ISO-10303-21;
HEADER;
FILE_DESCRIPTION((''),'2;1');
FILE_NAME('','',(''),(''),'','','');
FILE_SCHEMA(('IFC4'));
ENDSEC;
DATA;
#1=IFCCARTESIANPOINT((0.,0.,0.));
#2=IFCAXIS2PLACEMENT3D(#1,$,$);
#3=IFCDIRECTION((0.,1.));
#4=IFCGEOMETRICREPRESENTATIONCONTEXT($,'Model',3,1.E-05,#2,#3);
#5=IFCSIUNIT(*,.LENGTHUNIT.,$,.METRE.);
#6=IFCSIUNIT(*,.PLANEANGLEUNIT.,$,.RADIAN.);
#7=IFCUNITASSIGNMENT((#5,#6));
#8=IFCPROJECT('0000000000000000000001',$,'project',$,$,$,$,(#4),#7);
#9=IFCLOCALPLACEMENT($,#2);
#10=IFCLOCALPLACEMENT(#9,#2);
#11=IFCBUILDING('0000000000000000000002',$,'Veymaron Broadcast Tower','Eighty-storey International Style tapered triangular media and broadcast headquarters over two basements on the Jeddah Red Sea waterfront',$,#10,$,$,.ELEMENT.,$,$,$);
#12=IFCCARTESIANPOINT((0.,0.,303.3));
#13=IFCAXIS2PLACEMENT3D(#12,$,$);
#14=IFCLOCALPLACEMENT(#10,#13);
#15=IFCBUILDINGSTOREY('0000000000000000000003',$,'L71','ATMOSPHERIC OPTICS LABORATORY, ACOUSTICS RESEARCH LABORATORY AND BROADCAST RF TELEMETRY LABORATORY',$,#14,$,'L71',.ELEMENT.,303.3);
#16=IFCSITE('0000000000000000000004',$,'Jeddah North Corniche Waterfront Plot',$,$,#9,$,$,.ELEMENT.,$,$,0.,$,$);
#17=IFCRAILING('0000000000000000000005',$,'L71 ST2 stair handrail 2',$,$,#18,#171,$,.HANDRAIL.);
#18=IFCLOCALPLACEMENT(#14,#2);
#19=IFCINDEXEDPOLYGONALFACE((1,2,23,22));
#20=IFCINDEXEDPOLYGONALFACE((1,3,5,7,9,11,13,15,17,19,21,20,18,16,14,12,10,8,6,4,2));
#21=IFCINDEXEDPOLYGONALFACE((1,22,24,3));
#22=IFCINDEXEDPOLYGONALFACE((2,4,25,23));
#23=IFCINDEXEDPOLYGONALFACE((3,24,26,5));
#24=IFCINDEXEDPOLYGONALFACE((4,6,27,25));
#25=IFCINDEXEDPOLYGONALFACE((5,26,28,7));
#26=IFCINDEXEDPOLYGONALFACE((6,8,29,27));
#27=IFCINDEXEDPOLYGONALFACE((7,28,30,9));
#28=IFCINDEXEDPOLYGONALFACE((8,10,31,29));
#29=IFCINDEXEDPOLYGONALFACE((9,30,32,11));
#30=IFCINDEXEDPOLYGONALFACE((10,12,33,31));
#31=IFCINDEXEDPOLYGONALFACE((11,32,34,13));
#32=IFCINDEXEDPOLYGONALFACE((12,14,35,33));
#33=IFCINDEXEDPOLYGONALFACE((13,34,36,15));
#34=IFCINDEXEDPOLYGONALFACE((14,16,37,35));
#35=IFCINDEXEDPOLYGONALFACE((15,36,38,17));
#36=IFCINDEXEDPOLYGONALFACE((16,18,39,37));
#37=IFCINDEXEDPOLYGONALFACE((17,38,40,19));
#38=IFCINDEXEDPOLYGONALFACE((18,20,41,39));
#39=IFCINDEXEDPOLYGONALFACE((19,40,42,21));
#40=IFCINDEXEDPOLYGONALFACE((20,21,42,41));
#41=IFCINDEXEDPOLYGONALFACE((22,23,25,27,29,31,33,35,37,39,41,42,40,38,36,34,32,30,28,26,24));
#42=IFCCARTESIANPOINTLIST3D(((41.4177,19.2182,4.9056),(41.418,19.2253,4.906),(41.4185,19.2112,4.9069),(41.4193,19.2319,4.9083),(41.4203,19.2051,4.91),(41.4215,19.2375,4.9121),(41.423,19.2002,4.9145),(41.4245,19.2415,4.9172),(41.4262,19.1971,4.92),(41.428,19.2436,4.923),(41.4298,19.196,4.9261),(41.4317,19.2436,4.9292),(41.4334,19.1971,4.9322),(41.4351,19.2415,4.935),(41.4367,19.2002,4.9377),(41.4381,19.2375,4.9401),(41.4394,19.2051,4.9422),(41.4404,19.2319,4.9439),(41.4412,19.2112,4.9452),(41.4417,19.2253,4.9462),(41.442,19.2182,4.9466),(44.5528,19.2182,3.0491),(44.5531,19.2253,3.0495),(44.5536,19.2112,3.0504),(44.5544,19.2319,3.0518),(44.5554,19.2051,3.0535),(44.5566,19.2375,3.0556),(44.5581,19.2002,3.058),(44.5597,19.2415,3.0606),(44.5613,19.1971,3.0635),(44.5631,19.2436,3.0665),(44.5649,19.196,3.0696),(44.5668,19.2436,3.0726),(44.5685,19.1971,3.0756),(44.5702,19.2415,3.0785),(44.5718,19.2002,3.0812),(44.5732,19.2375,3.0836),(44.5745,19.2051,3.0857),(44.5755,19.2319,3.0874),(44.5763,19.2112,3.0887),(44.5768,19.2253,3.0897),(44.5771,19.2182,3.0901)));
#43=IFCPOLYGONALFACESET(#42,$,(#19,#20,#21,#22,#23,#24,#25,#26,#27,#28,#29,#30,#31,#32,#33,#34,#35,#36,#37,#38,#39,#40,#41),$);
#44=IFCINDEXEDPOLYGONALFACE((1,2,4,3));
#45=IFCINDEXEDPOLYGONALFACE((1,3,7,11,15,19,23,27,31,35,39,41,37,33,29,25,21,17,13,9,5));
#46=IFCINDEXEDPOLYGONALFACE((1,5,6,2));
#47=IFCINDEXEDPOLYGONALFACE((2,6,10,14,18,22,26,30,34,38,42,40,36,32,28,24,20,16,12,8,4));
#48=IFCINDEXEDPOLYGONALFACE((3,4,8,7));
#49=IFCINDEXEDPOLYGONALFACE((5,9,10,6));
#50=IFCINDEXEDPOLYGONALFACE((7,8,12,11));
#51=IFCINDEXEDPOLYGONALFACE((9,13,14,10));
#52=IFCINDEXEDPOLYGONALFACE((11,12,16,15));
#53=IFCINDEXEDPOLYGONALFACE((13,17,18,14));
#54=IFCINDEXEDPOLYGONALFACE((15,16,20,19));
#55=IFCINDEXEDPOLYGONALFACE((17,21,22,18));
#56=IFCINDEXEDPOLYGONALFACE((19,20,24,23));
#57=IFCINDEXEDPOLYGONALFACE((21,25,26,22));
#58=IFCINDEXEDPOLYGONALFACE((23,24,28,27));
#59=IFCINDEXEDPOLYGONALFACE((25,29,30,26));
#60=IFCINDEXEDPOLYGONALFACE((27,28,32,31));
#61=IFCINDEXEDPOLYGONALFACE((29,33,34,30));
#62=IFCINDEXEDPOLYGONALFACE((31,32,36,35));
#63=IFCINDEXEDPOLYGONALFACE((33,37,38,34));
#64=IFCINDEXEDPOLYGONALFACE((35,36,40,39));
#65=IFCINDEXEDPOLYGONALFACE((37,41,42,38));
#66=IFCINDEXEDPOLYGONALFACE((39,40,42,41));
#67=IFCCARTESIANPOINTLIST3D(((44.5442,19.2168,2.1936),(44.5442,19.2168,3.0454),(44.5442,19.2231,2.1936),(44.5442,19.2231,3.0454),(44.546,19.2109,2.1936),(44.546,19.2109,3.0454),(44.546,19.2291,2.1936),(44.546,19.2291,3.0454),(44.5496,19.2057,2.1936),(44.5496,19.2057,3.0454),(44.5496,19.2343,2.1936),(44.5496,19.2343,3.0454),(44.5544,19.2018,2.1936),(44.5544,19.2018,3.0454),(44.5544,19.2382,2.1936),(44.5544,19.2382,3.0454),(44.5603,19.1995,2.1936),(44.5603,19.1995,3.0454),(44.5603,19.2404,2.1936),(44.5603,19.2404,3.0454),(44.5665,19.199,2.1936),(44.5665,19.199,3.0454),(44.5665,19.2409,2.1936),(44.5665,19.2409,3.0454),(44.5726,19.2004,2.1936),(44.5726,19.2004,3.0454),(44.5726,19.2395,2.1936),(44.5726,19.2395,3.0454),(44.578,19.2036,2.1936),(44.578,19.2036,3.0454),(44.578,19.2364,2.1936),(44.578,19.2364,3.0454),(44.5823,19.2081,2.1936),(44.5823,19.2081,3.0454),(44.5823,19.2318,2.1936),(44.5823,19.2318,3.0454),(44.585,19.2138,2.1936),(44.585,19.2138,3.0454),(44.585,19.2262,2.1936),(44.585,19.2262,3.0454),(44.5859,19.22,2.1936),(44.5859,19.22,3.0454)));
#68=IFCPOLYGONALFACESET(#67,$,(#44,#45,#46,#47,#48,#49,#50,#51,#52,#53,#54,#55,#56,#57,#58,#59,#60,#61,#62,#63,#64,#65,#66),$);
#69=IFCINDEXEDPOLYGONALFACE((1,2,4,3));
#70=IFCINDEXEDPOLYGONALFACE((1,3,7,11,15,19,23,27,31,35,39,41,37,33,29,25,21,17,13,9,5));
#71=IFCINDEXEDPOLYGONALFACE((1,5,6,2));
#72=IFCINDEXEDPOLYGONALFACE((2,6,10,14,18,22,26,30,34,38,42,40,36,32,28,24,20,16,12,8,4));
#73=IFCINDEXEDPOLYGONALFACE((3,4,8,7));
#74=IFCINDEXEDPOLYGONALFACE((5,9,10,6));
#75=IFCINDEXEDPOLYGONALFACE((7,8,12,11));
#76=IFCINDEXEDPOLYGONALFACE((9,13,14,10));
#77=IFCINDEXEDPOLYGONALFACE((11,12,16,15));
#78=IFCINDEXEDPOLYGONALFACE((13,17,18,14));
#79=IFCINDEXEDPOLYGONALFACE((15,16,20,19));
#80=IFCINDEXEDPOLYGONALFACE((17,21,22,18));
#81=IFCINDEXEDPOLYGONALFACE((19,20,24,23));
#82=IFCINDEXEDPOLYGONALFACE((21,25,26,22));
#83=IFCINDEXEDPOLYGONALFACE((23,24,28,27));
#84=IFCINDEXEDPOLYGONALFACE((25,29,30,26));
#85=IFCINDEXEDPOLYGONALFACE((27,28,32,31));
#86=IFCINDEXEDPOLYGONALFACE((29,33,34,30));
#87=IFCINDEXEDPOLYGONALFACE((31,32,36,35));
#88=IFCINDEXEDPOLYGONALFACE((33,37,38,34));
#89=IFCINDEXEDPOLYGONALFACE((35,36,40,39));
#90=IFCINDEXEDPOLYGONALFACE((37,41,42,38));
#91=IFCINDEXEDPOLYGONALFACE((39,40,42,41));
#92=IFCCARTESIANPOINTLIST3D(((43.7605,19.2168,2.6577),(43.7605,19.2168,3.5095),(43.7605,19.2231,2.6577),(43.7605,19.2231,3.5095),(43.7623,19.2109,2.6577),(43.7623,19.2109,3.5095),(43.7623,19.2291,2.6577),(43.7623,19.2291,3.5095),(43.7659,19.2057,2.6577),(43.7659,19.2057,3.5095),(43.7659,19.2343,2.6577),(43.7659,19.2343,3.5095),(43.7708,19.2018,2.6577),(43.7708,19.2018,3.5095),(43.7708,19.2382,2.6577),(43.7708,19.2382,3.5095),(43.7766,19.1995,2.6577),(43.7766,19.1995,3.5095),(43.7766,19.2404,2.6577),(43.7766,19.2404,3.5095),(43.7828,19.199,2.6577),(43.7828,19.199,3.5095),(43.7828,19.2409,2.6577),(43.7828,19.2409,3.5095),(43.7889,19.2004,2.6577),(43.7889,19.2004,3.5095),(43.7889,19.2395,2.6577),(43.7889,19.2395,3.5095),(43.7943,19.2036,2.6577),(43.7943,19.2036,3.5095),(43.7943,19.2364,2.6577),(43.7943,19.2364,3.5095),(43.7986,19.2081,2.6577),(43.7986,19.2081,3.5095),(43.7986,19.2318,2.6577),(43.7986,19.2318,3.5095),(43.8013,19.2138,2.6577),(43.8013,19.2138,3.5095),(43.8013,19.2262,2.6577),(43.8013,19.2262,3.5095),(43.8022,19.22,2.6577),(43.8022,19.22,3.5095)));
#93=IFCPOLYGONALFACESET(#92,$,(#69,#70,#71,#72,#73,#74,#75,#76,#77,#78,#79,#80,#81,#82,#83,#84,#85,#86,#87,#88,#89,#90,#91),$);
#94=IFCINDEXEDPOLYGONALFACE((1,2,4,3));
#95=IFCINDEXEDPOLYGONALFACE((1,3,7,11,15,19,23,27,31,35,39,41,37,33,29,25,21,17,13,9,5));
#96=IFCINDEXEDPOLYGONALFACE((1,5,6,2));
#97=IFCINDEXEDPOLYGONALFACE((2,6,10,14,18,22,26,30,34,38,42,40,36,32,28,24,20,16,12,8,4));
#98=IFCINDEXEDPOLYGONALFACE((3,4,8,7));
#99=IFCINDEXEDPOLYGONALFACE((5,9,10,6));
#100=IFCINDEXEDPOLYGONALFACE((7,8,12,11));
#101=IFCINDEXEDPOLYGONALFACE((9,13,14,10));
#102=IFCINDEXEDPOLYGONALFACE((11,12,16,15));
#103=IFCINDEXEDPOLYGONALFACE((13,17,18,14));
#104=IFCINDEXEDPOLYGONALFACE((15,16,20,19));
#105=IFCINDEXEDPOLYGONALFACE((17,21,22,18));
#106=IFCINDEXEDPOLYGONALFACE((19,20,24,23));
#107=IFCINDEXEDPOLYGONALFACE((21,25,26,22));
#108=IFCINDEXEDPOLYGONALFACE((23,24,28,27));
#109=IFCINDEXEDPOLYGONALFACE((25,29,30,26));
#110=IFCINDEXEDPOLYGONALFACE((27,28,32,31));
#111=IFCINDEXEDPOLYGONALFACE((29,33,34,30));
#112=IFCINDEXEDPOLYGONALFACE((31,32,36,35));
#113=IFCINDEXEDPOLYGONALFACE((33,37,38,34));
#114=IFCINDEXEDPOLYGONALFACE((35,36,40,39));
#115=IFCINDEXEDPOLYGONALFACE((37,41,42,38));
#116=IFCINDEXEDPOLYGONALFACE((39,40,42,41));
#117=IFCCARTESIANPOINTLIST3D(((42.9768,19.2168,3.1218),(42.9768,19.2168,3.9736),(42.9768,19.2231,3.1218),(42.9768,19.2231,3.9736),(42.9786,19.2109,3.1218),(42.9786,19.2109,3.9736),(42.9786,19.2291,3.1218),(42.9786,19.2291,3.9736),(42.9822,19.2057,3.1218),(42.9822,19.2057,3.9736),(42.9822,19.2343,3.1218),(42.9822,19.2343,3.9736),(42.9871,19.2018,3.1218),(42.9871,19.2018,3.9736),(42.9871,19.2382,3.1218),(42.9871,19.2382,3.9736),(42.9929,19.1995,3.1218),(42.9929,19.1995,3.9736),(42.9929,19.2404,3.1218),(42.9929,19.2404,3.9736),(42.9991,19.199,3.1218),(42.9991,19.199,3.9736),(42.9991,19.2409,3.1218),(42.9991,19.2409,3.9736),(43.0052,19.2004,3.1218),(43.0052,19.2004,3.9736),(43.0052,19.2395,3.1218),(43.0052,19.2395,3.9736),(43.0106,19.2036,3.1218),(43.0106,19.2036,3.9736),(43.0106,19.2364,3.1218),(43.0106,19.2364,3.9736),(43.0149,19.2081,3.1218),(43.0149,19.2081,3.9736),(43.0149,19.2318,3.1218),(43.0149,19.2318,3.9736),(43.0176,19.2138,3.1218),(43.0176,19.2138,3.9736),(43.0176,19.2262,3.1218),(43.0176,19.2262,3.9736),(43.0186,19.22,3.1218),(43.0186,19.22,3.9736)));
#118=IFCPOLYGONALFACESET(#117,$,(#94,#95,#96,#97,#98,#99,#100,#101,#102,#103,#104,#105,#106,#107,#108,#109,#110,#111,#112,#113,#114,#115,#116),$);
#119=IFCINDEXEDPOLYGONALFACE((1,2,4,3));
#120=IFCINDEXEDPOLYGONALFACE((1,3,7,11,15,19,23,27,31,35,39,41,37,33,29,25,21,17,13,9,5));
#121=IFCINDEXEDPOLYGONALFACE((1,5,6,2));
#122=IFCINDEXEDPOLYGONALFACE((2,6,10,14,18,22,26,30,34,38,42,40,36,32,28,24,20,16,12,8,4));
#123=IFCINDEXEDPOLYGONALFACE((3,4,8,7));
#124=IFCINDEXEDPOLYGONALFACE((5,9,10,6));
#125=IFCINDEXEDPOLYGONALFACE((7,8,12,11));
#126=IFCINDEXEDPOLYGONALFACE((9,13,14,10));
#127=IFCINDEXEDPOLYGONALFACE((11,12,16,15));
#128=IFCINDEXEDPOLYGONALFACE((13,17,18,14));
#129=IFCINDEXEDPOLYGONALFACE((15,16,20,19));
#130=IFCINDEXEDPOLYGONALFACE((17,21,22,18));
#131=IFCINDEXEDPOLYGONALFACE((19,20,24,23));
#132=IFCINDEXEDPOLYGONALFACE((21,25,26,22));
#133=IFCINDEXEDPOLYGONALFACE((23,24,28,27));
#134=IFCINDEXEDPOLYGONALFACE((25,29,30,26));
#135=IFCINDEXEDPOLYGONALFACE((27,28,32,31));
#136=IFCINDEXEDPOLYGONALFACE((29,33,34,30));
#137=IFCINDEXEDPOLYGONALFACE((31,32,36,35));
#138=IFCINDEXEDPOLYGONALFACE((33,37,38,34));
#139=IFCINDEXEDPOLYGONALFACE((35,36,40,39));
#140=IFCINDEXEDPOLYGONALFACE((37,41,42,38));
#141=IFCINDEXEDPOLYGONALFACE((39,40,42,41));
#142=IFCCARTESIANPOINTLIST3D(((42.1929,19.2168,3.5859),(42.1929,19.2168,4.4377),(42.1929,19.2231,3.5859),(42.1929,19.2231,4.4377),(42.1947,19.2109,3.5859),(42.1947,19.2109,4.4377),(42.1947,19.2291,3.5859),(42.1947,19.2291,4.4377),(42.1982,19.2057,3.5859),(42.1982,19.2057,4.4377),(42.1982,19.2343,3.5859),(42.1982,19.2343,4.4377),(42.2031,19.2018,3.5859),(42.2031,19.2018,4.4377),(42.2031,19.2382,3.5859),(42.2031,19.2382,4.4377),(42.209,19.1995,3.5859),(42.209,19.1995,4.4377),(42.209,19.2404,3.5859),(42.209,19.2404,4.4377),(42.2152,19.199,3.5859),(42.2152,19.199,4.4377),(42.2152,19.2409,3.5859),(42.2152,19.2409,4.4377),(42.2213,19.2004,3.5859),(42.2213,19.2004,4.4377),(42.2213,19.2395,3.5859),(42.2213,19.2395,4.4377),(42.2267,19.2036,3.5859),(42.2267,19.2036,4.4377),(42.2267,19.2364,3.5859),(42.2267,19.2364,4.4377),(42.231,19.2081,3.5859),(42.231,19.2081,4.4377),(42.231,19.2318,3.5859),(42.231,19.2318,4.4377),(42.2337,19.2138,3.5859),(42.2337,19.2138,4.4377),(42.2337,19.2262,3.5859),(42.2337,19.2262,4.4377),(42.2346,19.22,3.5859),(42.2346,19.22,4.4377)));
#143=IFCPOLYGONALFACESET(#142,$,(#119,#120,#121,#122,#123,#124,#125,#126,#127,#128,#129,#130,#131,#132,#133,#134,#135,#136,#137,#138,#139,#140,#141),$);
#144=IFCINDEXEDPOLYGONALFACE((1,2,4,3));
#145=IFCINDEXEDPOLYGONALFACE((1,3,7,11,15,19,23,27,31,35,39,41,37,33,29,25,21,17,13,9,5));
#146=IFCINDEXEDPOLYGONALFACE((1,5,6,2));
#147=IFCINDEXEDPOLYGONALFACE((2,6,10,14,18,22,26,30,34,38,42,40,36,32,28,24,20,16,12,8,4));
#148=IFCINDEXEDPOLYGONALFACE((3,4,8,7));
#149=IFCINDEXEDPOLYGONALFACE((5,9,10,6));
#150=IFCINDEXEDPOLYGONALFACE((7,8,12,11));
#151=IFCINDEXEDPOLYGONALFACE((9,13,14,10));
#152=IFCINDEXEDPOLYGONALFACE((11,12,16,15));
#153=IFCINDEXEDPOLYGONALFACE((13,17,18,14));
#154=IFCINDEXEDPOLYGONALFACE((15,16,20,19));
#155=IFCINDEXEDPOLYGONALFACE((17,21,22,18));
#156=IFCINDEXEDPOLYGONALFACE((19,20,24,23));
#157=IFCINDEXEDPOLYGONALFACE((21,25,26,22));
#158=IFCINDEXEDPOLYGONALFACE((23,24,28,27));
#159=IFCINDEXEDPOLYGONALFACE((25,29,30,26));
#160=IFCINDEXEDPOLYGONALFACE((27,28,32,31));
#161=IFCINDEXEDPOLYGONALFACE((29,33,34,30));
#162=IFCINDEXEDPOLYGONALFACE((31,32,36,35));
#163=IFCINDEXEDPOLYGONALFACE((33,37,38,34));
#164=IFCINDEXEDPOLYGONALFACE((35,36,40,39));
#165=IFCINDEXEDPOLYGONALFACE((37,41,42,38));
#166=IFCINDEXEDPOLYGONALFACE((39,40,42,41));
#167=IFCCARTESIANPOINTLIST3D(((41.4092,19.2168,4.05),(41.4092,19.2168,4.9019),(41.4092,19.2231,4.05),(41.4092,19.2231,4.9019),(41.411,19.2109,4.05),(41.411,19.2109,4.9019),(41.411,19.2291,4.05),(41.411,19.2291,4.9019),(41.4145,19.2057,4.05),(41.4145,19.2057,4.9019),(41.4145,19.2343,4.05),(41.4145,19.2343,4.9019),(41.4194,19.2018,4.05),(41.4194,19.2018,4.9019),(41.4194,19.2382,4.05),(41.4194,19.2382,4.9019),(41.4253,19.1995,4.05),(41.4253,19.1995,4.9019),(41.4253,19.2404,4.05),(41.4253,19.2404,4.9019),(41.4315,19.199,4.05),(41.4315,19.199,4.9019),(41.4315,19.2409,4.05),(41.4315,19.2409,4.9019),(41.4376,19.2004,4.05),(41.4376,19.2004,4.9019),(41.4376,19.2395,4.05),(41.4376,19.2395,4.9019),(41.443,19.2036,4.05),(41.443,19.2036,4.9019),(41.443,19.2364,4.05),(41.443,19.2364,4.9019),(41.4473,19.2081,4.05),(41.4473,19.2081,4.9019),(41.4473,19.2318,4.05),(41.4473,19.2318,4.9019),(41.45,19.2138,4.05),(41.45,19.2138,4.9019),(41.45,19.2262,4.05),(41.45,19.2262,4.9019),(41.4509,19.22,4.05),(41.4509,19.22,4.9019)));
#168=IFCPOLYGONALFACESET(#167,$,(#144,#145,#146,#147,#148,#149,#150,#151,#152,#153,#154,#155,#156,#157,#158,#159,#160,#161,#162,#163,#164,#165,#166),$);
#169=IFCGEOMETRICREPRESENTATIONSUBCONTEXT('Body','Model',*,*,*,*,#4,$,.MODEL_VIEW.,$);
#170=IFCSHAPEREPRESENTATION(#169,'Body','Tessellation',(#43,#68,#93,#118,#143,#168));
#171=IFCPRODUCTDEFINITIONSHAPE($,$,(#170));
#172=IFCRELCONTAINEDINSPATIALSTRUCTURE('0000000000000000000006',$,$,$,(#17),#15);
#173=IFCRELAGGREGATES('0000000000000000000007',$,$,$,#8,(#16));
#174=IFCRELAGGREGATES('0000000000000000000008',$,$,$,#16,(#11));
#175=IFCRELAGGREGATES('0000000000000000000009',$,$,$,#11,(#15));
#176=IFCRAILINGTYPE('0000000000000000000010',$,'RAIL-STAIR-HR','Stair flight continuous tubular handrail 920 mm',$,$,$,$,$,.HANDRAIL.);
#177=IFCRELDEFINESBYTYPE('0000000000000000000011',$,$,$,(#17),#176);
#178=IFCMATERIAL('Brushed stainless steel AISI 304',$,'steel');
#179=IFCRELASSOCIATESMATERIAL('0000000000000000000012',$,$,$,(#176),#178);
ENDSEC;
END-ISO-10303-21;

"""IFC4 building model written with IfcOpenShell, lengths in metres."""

from ifc_helpers import new_model, si_unit, direction, frame, origin, origin_2d, place, context, subcontext, project, spatial, circle, extrude, material, type_object, element, save


model = new_model("IFC4")

# Units and contexts
model_context = context("Model", 3, precision=1e-05, world=origin(), true_north=direction((0.0, 1.0)))
body_context = subcontext(model_context, "Body", "Model", "MODEL_VIEW")
ifc_project = project(units=[si_unit("LENGTHUNIT", "METRE"), si_unit("PLANEANGLEUNIT", "RADIAN")], contexts=[model_context])

# Site, building, storey
site_placement = place(None, origin())
site = spatial("IfcSite", under=ifc_project, at=site_placement, Name="Jeddah North Corniche Waterfront Plot", CompositionType="ELEMENT", RefElevation=0.0)
building_placement = place(site_placement, origin())
building = spatial("IfcBuilding", under=site, at=building_placement, Name="Veymaron Broadcast Tower", Description="Eighty-storey International Style tapered triangular media and broadcast headquarters over two basements on the Jeddah Red Sea waterfront", CompositionType="ELEMENT")
storey_placement = place(building_placement, frame((0.0, 0.0, 303.3)))
storey = spatial("IfcBuildingStorey", under=building, at=storey_placement, Name="L71", Description="ATMOSPHERIC OPTICS LABORATORY, ACOUSTICS RESEARCH LABORATORY AND BROADCAST RF TELEMETRY LABORATORY", LongName="L71", CompositionType="ELEMENT", Elevation=303.3)

# Railing
ifc_material_1 = material(Name="Brushed stainless steel AISI 304", Category="steel")
railing_type_1 = type_object("IfcRailingType", Name="RAIL-STAIR-HR", Description="Stair flight continuous tubular handrail 920 mm", PredefinedType="HANDRAIL", material=ifc_material_1)
railing_1_placement = place(storey_placement, frame((44.5649, 19.22, 2.1936)))
element("IfcRailing", 1, at=railing_1_placement, inside=storey, type_object=railing_type_1, Name="L71 ST2 stair handrail 2", PredefinedType="HANDRAIL", context=body_context, shape_type="SweptSolid", body=[
    extrude(circle(Radius=0.0239, at=origin_2d()), frame((0.0, 0.0, 0.876), z_axis=(-0.860453, 0.0, 0.509531), x_axis=(0.0, -1.0, 0.0)), (0.0, 0.0, 1.0), 3.6436),
    extrude(circle(Radius=0.021, at=origin_2d()), origin(), (0.0, 0.0, 1.0), 0.8518),
    extrude(circle(Radius=0.021, at=origin_2d()), frame((-0.7837, 0.0, 0.4641)), (0.0, 0.0, 1.0), 0.8518),
    extrude(circle(Radius=0.021, at=origin_2d()), frame((-1.5674, 0.0, 0.9282)), (0.0, 0.0, 1.0), 0.8518),
    extrude(circle(Radius=0.021, at=origin_2d()), frame((-2.3513, 0.0, 1.3923)), (0.0, 0.0, 1.0), 0.8518),
    extrude(circle(Radius=0.021, at=origin_2d()), frame((-3.135, 0.0, 1.8564)), (0.0, 0.0, 1.0), 0.8518),
])

save(model, "model.ifc")
